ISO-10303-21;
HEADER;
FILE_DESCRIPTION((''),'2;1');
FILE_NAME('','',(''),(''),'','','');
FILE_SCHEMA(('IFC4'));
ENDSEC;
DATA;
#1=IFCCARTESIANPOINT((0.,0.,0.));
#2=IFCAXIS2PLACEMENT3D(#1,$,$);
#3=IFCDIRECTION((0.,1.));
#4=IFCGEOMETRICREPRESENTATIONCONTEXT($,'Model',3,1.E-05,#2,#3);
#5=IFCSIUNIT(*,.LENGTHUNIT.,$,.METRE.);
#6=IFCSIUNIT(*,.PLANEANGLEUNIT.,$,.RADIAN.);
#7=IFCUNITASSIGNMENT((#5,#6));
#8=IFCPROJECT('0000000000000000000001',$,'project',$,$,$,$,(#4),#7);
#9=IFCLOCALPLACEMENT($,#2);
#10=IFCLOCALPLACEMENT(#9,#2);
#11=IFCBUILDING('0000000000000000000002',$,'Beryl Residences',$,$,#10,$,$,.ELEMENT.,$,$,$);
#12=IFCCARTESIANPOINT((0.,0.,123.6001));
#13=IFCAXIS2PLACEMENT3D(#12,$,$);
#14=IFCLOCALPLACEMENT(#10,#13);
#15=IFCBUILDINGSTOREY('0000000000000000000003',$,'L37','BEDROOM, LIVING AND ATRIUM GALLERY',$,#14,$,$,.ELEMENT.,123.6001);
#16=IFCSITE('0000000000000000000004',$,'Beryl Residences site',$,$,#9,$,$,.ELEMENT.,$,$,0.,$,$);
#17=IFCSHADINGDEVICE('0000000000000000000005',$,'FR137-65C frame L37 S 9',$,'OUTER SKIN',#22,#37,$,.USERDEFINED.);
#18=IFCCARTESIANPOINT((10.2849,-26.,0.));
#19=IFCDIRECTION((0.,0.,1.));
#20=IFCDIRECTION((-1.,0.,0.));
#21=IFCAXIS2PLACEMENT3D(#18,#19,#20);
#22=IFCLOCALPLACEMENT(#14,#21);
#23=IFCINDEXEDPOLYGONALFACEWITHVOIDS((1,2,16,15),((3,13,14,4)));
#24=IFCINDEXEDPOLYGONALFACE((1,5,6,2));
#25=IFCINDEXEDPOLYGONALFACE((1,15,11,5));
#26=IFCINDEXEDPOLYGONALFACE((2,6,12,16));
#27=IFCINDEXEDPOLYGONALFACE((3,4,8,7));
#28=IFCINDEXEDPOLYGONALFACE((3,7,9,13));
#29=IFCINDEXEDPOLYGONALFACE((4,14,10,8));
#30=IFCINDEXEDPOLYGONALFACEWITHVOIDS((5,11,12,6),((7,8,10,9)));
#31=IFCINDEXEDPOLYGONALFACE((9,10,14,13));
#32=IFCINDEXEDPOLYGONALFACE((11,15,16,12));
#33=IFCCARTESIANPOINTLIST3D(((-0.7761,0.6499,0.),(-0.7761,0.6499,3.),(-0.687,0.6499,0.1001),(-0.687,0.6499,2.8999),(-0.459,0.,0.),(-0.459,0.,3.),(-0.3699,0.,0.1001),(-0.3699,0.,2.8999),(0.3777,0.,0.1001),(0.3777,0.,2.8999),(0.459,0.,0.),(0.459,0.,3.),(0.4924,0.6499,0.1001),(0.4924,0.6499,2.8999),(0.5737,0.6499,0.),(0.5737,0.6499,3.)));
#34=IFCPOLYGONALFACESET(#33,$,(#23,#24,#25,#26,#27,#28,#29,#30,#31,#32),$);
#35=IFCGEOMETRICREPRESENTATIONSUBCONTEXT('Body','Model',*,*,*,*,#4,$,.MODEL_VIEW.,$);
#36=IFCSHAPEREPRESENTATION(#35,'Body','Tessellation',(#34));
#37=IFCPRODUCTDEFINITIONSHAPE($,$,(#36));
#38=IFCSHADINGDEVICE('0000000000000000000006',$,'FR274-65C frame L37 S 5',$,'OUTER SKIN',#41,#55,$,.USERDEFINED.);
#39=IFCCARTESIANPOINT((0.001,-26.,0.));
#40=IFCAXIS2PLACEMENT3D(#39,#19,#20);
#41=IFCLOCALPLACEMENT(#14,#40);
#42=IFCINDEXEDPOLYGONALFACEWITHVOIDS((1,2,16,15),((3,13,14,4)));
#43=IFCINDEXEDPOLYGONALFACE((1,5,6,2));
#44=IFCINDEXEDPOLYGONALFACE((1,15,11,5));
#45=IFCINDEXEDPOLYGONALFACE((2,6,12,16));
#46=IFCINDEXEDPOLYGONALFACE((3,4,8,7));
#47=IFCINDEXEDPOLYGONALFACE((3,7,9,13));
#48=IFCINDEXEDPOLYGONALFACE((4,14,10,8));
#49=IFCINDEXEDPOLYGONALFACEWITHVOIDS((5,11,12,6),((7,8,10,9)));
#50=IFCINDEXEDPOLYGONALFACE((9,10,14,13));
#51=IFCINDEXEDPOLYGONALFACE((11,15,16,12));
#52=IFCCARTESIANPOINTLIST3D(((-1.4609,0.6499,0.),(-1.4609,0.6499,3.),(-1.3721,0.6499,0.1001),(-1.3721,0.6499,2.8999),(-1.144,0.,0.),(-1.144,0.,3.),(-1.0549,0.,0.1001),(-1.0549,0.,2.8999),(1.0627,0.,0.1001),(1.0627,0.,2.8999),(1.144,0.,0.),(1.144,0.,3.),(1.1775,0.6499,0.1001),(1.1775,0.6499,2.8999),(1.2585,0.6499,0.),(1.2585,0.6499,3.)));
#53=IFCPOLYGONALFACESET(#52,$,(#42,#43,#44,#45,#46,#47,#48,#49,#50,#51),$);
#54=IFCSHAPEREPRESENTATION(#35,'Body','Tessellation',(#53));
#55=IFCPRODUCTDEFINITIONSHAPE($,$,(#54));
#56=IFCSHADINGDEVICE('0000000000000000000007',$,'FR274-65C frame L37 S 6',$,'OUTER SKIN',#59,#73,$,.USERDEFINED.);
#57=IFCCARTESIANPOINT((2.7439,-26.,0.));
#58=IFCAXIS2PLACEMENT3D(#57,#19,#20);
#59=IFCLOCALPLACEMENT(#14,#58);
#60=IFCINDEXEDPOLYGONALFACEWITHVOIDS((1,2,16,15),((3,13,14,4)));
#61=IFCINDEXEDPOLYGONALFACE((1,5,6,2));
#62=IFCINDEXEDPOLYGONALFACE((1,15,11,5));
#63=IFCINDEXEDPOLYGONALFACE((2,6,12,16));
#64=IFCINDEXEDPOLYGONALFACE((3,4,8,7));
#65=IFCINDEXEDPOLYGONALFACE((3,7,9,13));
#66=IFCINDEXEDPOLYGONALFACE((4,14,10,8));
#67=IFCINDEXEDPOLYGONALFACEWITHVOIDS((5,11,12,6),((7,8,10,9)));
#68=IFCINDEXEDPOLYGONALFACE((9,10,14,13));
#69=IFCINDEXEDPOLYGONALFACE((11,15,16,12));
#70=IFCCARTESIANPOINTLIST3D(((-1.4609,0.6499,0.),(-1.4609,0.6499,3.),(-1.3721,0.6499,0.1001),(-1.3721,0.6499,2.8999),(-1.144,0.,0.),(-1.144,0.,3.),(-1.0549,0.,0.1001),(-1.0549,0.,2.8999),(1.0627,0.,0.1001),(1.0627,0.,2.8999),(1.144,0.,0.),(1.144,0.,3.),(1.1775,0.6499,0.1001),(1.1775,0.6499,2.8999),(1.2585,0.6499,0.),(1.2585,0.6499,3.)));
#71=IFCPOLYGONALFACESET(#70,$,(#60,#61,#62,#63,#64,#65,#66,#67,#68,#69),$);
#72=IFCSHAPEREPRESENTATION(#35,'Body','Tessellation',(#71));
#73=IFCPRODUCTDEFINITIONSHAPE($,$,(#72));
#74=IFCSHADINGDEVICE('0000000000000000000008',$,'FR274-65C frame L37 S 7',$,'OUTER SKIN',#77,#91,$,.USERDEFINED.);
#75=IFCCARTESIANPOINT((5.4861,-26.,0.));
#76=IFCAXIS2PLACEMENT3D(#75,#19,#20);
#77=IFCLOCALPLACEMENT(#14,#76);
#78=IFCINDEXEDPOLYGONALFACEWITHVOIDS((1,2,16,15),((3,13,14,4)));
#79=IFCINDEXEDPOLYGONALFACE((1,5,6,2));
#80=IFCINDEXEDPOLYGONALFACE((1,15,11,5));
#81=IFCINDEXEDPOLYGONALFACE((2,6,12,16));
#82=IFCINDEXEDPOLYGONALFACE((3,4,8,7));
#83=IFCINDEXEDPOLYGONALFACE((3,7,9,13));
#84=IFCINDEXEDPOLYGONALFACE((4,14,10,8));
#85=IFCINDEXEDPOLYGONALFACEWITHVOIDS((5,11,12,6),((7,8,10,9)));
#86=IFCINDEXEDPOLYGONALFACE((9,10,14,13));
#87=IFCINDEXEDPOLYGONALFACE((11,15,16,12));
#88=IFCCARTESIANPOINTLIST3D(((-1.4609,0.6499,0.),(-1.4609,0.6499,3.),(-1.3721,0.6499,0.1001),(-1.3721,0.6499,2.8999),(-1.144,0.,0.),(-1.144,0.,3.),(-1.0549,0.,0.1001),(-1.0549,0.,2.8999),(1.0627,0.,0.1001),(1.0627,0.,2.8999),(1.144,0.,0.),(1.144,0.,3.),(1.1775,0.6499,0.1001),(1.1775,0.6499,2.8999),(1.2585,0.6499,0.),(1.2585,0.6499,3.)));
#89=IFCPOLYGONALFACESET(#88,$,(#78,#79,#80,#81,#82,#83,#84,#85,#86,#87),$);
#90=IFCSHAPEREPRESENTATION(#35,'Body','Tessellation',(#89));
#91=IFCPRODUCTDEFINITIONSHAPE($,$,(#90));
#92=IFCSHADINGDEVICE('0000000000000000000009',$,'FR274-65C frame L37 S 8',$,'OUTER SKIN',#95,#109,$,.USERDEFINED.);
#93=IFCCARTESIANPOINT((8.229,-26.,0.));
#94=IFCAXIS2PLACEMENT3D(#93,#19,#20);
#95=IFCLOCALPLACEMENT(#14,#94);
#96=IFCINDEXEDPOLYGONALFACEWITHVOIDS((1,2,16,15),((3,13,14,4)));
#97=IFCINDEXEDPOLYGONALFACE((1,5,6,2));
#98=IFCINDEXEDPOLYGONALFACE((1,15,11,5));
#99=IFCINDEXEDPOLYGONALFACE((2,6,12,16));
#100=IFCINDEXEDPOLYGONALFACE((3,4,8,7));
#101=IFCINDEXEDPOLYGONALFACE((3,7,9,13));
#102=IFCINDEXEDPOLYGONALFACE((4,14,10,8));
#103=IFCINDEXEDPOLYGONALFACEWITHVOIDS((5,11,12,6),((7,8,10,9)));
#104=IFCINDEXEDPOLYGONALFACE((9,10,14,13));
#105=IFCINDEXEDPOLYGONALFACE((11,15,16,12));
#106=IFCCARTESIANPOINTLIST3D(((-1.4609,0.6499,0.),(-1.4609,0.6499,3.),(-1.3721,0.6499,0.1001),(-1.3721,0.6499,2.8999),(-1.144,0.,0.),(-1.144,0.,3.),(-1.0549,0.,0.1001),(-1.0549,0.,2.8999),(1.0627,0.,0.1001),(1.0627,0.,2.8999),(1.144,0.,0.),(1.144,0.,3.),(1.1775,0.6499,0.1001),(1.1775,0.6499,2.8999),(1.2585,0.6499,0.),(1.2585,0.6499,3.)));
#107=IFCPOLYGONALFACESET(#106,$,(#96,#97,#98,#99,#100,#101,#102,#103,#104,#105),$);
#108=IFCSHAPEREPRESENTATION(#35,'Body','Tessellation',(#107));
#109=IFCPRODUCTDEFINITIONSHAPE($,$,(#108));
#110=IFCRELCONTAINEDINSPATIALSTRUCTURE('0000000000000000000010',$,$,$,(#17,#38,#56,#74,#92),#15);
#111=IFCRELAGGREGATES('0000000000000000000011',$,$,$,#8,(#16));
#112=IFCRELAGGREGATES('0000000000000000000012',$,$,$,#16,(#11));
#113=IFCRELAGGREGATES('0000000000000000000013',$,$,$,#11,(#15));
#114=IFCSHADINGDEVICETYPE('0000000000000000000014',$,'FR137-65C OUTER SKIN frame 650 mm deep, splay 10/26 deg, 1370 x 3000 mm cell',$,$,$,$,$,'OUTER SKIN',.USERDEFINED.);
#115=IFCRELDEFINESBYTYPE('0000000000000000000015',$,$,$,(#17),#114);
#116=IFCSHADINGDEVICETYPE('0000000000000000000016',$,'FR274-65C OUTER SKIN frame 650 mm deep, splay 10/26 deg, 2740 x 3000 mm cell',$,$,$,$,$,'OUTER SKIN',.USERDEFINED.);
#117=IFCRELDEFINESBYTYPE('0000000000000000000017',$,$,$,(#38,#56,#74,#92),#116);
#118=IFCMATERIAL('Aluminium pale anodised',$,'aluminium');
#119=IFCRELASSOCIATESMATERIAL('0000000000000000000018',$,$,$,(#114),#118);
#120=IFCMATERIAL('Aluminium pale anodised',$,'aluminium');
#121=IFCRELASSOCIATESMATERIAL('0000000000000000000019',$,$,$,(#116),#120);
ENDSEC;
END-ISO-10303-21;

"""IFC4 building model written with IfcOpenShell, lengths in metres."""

from ifc_helpers import new_model, entity, si_unit, direction, frame, origin, place, context, subcontext, project, spatial, source, transform, mapped, material, type_object, type_shapes, element, save


model = new_model("IFC4")

# Units and contexts
model_context = context("Model", 3, precision=1e-05, world=origin(), true_north=direction((0.0, 1.0)))
body_context = subcontext(model_context, "Body", "Model", "MODEL_VIEW")
ifc_project = project(units=[si_unit("LENGTHUNIT", "METRE"), si_unit("PLANEANGLEUNIT", "RADIAN")], contexts=[model_context])

# Site, building, storey
site_placement = place(None, origin())
site = spatial("IfcSite", under=ifc_project, at=site_placement, Name="Beryl Residences site", CompositionType="ELEMENT", RefElevation=0.0)
building_placement = place(site_placement, origin())
building = spatial("IfcBuilding", under=site, at=building_placement, Name="Beryl Residences", CompositionType="ELEMENT")
storey_placement = place(building_placement, frame((0.0, 0.0, 123.6001)))
storey = spatial("IfcBuildingStorey", under=building, at=storey_placement, Name="L37", Description="BEDROOM, LIVING AND ATRIUM GALLERY", CompositionType="ELEMENT", Elevation=123.6001)

# Shading devices
ifc_material_1 = material(Name="Aluminium pale anodised", Category="aluminium")
shading_device_type_1 = type_object("IfcShadingDeviceType", Name="FR137-65C OUTER SKIN frame 650 mm deep, splay 10/26 deg, 1370 x 3000 mm cell", ElementType="OUTER SKIN", PredefinedType="USERDEFINED", material=ifc_material_1)
cartesian_point_1 = entity("IfcCartesianPoint", [-0.459, 0.0])
cartesian_point_2 = entity("IfcCartesianPoint", [-0.3777, 0.1001])
cartesian_point_3 = entity("IfcCartesianPoint", [-0.5737, 0.0])
cartesian_point_4 = entity("IfcCartesianPoint", [-0.4924, 0.1001])
shared_shape_1 = source(origin(), body_context, "Body", "SweptSolid", [
    entity("IfcExtrudedAreaSolidTapered", entity("IfcArbitraryProfileDefWithVoids", "AREA", None, entity("IfcPolyline", [cartesian_point_1, entity("IfcCartesianPoint", [0.459, 0.0]), entity("IfcCartesianPoint", [0.459, 3.0]), entity("IfcCartesianPoint", [-0.459, 3.0]), cartesian_point_1]), [entity("IfcPolyline", [cartesian_point_2, entity("IfcCartesianPoint", [0.3699, 0.1001]), entity("IfcCartesianPoint", [0.3699, 2.8999]), entity("IfcCartesianPoint", [-0.3777, 2.8999]), cartesian_point_2])]), entity("IfcAxis2Placement3D", entity("IfcCartesianPoint", [0.0, 0.0, 0.0]), entity("IfcDirection", [0.0, 1.0, 0.0]), entity("IfcDirection", [-1.0, 0.0, 0.0])), entity("IfcDirection", [0.0, 0.0, 1.0]), 0.6499, entity("IfcArbitraryProfileDefWithVoids", "AREA", None, entity("IfcPolyline", [cartesian_point_3, entity("IfcCartesianPoint", [0.7761, 0.0]), entity("IfcCartesianPoint", [0.7761, 3.0]), entity("IfcCartesianPoint", [-0.5737, 3.0]), cartesian_point_3]), [entity("IfcPolyline", [cartesian_point_4, entity("IfcCartesianPoint", [0.687, 0.1001]), entity("IfcCartesianPoint", [0.687, 2.8999]), entity("IfcCartesianPoint", [-0.4924, 2.8999]), cartesian_point_4])])),
])
type_shapes(shading_device_type_1, [shared_shape_1])
shading_device_placement = place(storey_placement, frame((10.2849, -26.0, 0.0), z_axis=(0.0, 0.0, 1.0), x_axis=(-1.0, 0.0, 0.0)))
element("IfcShadingDevice", 1, at=shading_device_placement, inside=storey, type_object=shading_device_type_1, Name="FR137-65C frame L37 S 9", ObjectType="OUTER SKIN", PredefinedType="USERDEFINED", context=body_context, shape_type="MappedRepresentation", body=[
    mapped(shared_shape_1, transform((0.0, 0.0, 0.0))),
])
ifc_material_2 = material(Name="Aluminium pale anodised", Category="aluminium")
shading_device_type_2 = type_object("IfcShadingDeviceType", Name="FR274-65C OUTER SKIN frame 650 mm deep, splay 10/26 deg, 2740 x 3000 mm cell", ElementType="OUTER SKIN", PredefinedType="USERDEFINED", material=ifc_material_2)
cartesian_point_5 = entity("IfcCartesianPoint", [-1.144, 0.0])
cartesian_point_6 = entity("IfcCartesianPoint", [-1.0627, 0.1001])
cartesian_point_7 = entity("IfcCartesianPoint", [-1.2585, 0.0])
cartesian_point_8 = entity("IfcCartesianPoint", [-1.1775, 0.1001])
shared_shape_2 = source(origin(), body_context, "Body", "SweptSolid", [
    entity("IfcExtrudedAreaSolidTapered", entity("IfcArbitraryProfileDefWithVoids", "AREA", None, entity("IfcPolyline", [cartesian_point_5, entity("IfcCartesianPoint", [1.144, 0.0]), entity("IfcCartesianPoint", [1.144, 3.0]), entity("IfcCartesianPoint", [-1.144, 3.0]), cartesian_point_5]), [entity("IfcPolyline", [cartesian_point_6, entity("IfcCartesianPoint", [1.0549, 0.1001]), entity("IfcCartesianPoint", [1.0549, 2.8999]), entity("IfcCartesianPoint", [-1.0627, 2.8999]), cartesian_point_6])]), entity("IfcAxis2Placement3D", entity("IfcCartesianPoint", [0.0, 0.0, 0.0]), entity("IfcDirection", [0.0, 1.0, 0.0]), entity("IfcDirection", [-1.0, 0.0, 0.0])), entity("IfcDirection", [0.0, 0.0, 1.0]), 0.6499, entity("IfcArbitraryProfileDefWithVoids", "AREA", None, entity("IfcPolyline", [cartesian_point_7, entity("IfcCartesianPoint", [1.4609, 0.0]), entity("IfcCartesianPoint", [1.4609, 3.0]), entity("IfcCartesianPoint", [-1.2585, 3.0]), cartesian_point_7]), [entity("IfcPolyline", [cartesian_point_8, entity("IfcCartesianPoint", [1.3721, 0.1001]), entity("IfcCartesianPoint", [1.3721, 2.8999]), entity("IfcCartesianPoint", [-1.1775, 2.8999]), cartesian_point_8])])),
])
type_shapes(shading_device_type_2, [shared_shape_2])
for number, where, z_axis, x_axis, name in (
    (2, (0.001, -26.0, 0.0), (0.0, 0.0, 1.0), (-1.0, 0.0, 0.0), "FR274-65C frame L37 S 5"),
    (3, (2.7439, -26.0, 0.0), (0.0, 0.0, 1.0), (-1.0, 0.0, 0.0), "FR274-65C frame L37 S 6"),
    (4, (5.4861, -26.0, 0.0), (0.0, 0.0, 1.0), (-1.0, 0.0, 0.0), "FR274-65C frame L37 S 7"),
    (5, (8.229, -26.0, 0.0), (0.0, 0.0, 1.0), (-1.0, 0.0, 0.0), "FR274-65C frame L37 S 8"),
):
    element("IfcShadingDevice", number, at=place(storey_placement, frame(where, z_axis=z_axis, x_axis=x_axis)), inside=storey, type_object=shading_device_type_2, Name=name, ObjectType="OUTER SKIN", PredefinedType="USERDEFINED", context=body_context, shape_type="MappedRepresentation", body=[
        mapped(shared_shape_2, transform((0.0, 0.0, 0.0))),
    ])

save(model, "model.ifc")
